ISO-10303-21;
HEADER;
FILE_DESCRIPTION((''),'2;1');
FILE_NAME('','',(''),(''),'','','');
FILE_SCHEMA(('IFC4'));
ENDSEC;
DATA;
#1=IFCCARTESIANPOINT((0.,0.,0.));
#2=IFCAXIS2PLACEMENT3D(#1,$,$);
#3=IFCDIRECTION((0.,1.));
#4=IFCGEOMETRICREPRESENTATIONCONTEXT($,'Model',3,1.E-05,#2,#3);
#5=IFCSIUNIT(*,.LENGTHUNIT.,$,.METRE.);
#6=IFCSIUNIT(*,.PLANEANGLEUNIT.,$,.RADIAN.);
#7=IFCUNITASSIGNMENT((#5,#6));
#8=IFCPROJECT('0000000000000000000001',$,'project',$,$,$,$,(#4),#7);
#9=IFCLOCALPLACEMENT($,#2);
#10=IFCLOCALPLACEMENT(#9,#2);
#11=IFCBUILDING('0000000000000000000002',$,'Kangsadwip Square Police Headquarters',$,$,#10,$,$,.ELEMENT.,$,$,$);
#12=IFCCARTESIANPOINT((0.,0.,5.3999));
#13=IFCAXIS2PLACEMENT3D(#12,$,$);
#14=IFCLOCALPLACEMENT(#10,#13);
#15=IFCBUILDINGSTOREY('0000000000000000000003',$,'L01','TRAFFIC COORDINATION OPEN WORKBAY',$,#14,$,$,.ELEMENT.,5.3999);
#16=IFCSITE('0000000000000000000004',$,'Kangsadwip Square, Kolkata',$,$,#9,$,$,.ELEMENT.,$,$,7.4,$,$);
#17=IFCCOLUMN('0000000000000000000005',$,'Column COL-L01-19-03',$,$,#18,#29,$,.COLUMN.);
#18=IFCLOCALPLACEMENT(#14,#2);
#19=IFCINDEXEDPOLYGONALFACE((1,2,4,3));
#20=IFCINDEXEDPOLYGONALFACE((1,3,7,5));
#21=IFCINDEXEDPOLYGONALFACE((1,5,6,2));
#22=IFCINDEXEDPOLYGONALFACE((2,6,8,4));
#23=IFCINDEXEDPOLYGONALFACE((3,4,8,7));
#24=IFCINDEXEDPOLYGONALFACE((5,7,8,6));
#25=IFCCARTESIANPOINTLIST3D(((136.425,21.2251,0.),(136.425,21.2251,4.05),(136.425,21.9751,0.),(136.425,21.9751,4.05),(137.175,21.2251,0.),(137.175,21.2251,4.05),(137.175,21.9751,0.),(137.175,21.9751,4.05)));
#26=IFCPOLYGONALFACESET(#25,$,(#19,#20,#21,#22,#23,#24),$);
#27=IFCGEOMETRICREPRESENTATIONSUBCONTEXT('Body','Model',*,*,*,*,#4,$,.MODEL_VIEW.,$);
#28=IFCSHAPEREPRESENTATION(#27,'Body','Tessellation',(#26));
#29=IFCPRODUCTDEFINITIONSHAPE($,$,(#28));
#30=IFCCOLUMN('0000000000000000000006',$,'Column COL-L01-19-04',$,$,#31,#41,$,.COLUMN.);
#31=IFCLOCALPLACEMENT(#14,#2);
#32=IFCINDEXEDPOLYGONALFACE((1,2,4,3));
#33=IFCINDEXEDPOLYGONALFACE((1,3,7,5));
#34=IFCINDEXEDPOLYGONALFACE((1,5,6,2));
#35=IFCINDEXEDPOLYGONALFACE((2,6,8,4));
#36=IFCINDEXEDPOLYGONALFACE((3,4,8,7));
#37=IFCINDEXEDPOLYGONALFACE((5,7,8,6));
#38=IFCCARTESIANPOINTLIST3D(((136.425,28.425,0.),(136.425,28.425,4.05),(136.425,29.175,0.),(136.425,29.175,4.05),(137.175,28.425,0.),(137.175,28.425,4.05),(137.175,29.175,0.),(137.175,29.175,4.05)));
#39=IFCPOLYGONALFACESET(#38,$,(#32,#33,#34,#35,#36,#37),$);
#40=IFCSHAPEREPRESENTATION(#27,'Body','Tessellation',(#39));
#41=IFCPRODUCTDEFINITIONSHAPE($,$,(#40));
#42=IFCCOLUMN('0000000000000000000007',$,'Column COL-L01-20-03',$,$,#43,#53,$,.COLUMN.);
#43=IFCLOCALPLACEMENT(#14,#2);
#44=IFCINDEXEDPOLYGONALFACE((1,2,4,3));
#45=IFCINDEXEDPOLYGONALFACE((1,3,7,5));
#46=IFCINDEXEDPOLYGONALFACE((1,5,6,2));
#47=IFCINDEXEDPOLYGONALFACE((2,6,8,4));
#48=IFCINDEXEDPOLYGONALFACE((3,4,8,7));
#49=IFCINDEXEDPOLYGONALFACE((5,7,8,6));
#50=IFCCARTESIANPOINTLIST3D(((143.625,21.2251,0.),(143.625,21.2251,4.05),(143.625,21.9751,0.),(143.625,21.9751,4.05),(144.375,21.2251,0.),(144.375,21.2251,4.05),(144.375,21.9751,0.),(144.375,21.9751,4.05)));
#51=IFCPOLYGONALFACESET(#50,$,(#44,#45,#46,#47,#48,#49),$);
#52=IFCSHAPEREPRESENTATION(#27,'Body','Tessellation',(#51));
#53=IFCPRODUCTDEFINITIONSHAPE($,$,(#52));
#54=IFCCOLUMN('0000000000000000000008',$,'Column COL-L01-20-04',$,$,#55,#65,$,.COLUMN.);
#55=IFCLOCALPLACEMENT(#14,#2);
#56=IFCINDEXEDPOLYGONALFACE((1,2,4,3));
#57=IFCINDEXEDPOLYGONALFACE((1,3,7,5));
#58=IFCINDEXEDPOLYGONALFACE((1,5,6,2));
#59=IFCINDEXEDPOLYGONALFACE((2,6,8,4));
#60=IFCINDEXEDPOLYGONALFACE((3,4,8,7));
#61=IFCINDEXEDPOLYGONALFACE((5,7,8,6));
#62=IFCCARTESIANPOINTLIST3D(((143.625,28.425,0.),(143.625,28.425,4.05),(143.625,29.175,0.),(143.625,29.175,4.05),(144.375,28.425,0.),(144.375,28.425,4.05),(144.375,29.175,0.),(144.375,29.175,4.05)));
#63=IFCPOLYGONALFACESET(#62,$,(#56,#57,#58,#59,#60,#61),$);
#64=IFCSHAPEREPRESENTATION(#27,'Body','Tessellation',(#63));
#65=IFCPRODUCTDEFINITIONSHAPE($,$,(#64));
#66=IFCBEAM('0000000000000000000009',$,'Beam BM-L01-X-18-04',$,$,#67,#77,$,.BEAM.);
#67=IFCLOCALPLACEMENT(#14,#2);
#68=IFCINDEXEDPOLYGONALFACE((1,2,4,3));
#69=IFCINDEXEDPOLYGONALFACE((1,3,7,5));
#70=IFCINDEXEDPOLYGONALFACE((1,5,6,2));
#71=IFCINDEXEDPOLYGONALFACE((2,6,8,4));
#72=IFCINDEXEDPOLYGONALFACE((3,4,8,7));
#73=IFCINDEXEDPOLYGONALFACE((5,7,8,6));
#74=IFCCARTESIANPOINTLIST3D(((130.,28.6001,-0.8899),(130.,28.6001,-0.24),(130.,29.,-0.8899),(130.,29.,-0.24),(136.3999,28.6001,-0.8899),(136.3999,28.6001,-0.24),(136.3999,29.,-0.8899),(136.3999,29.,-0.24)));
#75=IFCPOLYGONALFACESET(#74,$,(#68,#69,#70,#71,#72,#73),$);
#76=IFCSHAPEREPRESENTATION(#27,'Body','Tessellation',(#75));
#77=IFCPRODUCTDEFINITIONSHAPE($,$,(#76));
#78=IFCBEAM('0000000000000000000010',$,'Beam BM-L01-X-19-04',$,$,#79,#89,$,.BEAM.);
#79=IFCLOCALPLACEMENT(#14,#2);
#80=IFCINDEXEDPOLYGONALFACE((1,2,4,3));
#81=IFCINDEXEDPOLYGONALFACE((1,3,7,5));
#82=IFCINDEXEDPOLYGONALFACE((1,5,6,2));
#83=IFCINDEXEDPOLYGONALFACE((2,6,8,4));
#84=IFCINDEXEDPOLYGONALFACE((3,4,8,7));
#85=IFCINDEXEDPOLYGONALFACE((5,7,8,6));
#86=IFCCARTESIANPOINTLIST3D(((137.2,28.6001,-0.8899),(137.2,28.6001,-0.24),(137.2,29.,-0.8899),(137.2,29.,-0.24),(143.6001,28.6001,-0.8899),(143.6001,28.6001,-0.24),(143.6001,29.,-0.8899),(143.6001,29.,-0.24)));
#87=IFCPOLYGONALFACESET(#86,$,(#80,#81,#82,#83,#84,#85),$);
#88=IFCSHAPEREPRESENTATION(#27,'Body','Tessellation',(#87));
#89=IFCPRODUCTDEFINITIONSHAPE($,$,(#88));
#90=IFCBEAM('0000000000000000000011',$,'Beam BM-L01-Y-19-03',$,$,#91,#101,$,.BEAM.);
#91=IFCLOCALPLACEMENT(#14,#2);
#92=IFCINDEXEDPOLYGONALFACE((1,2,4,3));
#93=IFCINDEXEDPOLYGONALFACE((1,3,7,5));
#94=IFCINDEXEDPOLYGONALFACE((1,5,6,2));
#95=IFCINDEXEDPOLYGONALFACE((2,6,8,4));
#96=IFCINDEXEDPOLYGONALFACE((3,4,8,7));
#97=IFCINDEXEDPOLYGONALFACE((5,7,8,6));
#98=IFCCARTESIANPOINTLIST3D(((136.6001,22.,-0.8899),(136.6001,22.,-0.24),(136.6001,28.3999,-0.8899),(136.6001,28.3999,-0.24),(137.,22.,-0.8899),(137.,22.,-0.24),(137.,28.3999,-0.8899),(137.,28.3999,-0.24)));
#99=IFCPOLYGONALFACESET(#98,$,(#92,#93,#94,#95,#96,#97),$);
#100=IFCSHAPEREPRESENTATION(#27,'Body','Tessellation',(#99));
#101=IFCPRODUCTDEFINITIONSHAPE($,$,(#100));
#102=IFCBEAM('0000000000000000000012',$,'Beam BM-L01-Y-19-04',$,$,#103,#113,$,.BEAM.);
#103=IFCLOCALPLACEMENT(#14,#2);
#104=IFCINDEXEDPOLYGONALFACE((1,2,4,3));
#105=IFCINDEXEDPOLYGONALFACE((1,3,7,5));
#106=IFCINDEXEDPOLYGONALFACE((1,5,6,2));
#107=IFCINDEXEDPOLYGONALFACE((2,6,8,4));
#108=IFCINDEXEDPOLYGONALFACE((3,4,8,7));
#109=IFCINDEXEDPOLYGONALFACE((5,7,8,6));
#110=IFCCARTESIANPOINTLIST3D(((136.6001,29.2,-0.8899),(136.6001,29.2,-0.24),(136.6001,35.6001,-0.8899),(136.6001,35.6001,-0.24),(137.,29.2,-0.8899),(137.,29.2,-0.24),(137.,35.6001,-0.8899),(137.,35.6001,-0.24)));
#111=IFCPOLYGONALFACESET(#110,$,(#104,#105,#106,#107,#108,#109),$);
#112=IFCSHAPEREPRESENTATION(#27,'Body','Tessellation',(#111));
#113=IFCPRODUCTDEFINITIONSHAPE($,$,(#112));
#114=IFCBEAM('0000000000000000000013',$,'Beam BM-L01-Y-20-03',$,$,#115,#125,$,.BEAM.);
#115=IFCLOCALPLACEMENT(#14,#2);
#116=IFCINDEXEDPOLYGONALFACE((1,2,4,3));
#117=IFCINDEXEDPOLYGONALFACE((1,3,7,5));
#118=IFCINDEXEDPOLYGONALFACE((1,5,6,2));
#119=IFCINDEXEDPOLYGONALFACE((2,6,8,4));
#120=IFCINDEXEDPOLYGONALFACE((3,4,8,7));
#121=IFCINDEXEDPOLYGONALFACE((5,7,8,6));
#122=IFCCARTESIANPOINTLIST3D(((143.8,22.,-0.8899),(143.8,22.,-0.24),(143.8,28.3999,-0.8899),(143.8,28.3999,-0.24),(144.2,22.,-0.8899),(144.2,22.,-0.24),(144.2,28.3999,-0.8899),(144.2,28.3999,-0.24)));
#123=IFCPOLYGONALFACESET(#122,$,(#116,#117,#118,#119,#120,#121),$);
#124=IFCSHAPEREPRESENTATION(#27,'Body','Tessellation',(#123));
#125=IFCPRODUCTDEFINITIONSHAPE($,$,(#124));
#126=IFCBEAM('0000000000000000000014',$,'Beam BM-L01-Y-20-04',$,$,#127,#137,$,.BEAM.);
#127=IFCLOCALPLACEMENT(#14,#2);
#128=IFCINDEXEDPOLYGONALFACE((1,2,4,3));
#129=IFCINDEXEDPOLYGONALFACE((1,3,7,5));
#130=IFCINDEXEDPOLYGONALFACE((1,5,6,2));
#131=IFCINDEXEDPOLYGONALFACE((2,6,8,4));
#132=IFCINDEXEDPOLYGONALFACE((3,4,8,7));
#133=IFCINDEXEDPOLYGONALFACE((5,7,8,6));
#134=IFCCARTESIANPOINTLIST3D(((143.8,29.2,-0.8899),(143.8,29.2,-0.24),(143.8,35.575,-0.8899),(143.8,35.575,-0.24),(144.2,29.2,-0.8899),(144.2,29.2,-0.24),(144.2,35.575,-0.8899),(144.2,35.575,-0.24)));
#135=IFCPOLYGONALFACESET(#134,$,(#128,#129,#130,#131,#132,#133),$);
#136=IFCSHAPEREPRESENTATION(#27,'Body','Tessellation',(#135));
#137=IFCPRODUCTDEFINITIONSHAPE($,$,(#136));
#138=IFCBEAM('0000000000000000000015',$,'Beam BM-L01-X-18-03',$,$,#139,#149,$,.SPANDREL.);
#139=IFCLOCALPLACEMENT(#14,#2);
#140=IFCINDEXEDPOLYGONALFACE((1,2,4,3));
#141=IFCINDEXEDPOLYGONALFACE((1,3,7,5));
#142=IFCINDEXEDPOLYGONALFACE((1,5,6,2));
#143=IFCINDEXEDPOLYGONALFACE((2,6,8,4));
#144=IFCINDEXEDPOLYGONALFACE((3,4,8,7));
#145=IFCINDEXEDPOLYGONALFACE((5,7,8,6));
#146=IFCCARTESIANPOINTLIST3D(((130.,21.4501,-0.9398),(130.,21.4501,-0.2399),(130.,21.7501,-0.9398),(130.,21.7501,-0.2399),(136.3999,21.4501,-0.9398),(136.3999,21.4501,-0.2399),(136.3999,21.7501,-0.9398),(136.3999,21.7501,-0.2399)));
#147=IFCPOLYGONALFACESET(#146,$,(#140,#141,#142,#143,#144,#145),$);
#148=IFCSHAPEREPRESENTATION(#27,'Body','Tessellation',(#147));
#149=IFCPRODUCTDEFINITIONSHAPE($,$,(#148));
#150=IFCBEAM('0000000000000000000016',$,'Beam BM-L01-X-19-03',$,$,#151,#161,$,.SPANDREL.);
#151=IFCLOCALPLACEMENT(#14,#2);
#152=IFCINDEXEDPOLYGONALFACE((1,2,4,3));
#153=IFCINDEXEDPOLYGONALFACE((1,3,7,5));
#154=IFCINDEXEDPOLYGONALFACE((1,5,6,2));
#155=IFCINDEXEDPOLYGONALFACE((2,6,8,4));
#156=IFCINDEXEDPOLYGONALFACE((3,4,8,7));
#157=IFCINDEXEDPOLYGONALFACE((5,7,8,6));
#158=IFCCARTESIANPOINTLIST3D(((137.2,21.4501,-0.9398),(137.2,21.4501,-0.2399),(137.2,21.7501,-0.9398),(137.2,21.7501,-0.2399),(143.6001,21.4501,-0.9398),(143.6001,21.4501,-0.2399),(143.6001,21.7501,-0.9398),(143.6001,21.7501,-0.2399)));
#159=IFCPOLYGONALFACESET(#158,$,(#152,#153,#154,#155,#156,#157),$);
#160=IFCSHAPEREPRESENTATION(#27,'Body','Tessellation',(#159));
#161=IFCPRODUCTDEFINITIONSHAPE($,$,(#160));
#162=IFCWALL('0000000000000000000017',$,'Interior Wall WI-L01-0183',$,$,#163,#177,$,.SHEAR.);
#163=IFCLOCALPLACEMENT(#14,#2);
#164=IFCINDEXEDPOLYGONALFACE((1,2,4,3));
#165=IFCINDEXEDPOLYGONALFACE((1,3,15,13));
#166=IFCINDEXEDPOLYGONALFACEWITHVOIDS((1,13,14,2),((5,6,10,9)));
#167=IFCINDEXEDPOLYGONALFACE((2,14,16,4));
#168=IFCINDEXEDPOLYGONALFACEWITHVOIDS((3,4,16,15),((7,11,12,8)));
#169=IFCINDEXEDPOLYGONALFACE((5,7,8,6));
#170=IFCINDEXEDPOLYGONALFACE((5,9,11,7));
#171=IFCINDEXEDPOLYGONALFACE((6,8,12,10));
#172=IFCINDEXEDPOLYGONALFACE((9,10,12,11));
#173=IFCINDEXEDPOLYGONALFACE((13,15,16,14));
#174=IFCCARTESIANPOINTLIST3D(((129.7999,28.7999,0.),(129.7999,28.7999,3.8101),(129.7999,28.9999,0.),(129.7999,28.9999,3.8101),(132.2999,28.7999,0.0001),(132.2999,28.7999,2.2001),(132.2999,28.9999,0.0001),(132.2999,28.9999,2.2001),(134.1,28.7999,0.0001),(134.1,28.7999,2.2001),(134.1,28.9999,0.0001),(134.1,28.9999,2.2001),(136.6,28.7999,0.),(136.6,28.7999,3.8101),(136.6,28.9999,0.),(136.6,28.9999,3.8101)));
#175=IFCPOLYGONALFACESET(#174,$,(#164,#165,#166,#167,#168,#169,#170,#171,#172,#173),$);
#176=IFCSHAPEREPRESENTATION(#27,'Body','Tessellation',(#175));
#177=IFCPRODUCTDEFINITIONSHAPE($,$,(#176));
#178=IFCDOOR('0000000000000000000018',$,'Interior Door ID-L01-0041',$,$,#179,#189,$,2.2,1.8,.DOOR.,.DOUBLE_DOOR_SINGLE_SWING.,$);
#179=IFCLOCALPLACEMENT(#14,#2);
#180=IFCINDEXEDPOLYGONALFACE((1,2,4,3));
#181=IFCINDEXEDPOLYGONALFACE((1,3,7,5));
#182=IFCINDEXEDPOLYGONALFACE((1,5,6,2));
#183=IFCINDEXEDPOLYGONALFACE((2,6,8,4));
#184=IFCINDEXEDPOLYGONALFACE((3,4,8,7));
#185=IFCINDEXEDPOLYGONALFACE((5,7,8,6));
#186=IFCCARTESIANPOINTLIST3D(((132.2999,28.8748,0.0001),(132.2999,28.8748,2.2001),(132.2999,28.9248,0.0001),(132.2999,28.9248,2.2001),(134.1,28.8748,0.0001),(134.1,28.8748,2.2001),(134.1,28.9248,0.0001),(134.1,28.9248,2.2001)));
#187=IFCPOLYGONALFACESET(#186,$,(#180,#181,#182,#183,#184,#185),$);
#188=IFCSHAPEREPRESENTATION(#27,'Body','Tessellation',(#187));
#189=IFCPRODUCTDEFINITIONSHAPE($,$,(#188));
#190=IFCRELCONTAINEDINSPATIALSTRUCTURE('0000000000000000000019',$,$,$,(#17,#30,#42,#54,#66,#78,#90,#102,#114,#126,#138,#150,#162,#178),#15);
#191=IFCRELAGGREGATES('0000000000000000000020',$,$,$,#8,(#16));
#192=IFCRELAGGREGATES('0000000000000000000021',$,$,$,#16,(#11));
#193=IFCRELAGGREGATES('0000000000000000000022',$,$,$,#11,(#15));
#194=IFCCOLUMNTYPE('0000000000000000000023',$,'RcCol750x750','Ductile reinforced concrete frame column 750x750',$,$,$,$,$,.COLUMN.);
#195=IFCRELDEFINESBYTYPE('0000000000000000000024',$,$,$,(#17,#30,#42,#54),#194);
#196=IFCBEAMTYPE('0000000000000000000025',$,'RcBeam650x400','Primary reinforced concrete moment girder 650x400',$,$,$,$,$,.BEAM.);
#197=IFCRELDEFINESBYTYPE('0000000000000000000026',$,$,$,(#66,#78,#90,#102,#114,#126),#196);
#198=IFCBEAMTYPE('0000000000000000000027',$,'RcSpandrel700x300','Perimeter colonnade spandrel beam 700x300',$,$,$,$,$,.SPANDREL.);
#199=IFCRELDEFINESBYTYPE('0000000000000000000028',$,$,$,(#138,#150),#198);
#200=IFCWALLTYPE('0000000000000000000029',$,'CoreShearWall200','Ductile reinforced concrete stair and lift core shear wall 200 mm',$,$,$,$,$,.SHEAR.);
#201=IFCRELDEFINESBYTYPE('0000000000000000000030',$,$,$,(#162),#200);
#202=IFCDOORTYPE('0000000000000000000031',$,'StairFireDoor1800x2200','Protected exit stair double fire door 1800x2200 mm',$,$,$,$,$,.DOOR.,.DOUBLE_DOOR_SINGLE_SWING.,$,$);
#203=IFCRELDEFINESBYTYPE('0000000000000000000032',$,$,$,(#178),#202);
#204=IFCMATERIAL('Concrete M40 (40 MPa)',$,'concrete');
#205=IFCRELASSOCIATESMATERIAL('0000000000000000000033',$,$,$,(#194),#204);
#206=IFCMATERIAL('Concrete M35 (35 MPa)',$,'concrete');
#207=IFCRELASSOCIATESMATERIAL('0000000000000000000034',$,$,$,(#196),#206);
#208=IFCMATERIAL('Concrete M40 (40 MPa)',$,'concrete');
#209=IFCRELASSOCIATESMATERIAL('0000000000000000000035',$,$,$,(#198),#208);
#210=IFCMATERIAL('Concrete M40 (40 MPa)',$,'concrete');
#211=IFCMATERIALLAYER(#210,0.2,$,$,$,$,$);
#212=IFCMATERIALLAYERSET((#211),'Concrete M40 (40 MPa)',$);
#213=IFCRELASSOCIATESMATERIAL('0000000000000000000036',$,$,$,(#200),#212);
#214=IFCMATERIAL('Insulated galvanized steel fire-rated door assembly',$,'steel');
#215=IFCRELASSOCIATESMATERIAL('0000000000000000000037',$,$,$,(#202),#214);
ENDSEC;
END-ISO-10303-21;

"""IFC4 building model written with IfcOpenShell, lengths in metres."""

from ifc_helpers import new_model, si_unit, direction, frame, frame_2d, origin, origin_2d, place, context, subcontext, project, spatial, rectangle, extrude, material, layer, layer_set, material_profile, profile_set, type_object, element, fill, save


model = new_model("IFC4")

# Units and contexts
model_context = context("Model", 3, precision=1e-05, world=origin(), true_north=direction((0.0, 1.0)))
body_context = subcontext(model_context, "Body", "Model", "MODEL_VIEW")
ifc_project = project(units=[si_unit("LENGTHUNIT", "METRE"), si_unit("PLANEANGLEUNIT", "RADIAN")], contexts=[model_context])

# Site, building, storey
site_placement = place(None, origin())
site = spatial("IfcSite", under=ifc_project, at=site_placement, Name="Kangsadwip Square, Kolkata", CompositionType="ELEMENT", RefElevation=7.4)
building_placement = place(site_placement, origin())
building = spatial("IfcBuilding", under=site, at=building_placement, Name="Kangsadwip Square Police Headquarters", CompositionType="ELEMENT")
storey_placement = place(building_placement, frame((0.0, 0.0, 5.3999)))
storey = spatial("IfcBuildingStorey", under=building, at=storey_placement, Name="L01", Description="TRAFFIC COORDINATION OPEN WORKBAY", CompositionType="ELEMENT", Elevation=5.3999)

# Columns
ifc_material_1 = material(Name="Concrete M40 (40 MPa)", Category="concrete")
ifc_material_profile_1 = material_profile(ifc_material_1, rectangle(XDim=0.75, YDim=0.75, at=origin_2d()), Name="RC COL 750X750")
ifc_profile_set_1 = profile_set([ifc_material_profile_1], Name="Concrete M40 (40 MPa)")
column_type = type_object("IfcColumnType", Name="RcCol750x750", Description="Ductile reinforced concrete frame column 750x750", PredefinedType="COLUMN", material=ifc_profile_set_1)
for number, where, z_axis, x_axis, name in (
    (1, (136.8, 21.6001, 0.0), (0.0, 0.0, 1.0), (1.0, 0.0, 0.0), "Column COL-L01-19-03"),
    (2, (136.8, 28.8, 0.0), (0.0, 0.0, 1.0), (1.0, 0.0, 0.0), "Column COL-L01-19-04"),
    (3, (144.0, 21.6001, 0.0), (0.0, 0.0, 1.0), (1.0, 0.0, 0.0), "Column COL-L01-20-03"),
    (4, (144.0, 28.8, 0.0), (0.0, 0.0, 1.0), (1.0, 0.0, 0.0), "Column COL-L01-20-04"),
):
    element("IfcColumn", number, at=place(storey_placement, frame(where, z_axis=z_axis, x_axis=x_axis)), inside=storey, type_object=column_type, Name=name, PredefinedType="COLUMN", context=body_context, shape_type="SweptSolid", body=[
        extrude(rectangle(XDim=0.75, YDim=0.75, at=origin_2d()), origin(), (0.0, 0.0, 1.0), 4.05),
    ])

# Beams
ifc_material_2 = material(Name="Concrete M35 (35 MPa)", Category="concrete")
ifc_material_profile_2 = material_profile(ifc_material_2, rectangle(XDim=0.3999, YDim=0.6499, at=origin_2d()), Name="RC BM 650X400")
ifc_profile_set_2 = profile_set([ifc_material_profile_2], Name="Concrete M35 (35 MPa)")
beam_type_1 = type_object("IfcBeamType", Name="RcBeam650x400", Description="Primary reinforced concrete moment girder 650x400", PredefinedType="BEAM", material=ifc_profile_set_2)
beam_1_placement = place(storey_placement, frame((130.0, 28.8, -0.5649), z_axis=(1.0, 0.0, 0.0), x_axis=(0.0, 1.0, 0.0)))
element("IfcBeam", 5, at=beam_1_placement, inside=storey, type_object=beam_type_1, Name="Beam BM-L01-X-18-04", PredefinedType="BEAM", context=body_context, shape_type="SweptSolid", body=[
    extrude(rectangle(XDim=0.3999, YDim=0.6499, at=origin_2d()), origin(), (0.0, 0.0, 1.0), 6.3999),
])
beam_2_placement = place(storey_placement, frame((137.2, 28.8, -0.5649), z_axis=(1.0, 0.0, 0.0), x_axis=(0.0, 1.0, 0.0)))
element("IfcBeam", 6, at=beam_2_placement, inside=storey, type_object=beam_type_1, Name="Beam BM-L01-X-19-04", PredefinedType="BEAM", context=body_context, shape_type="SweptSolid", body=[
    extrude(rectangle(XDim=0.3999, YDim=0.6499, at=origin_2d()), origin(), (0.0, 0.0, 1.0), 6.4001),
])
beam_3_placement = place(storey_placement, frame((136.8, 22.0, -0.5649), z_axis=(0.0, 1.0, 0.0), x_axis=(-1.0, 0.0, 0.0)))
element("IfcBeam", 7, at=beam_3_placement, inside=storey, type_object=beam_type_1, Name="Beam BM-L01-Y-19-03", PredefinedType="BEAM", context=body_context, shape_type="SweptSolid", body=[
    extrude(rectangle(XDim=0.3999, YDim=0.6499, at=origin_2d()), origin(), (0.0, 0.0, 1.0), 6.3999),
])
beam_4_placement = place(storey_placement, frame((136.8, 29.2, -0.5649), z_axis=(0.0, 1.0, 0.0), x_axis=(-1.0, 0.0, 0.0)))
element("IfcBeam", 8, at=beam_4_placement, inside=storey, type_object=beam_type_1, Name="Beam BM-L01-Y-19-04", PredefinedType="BEAM", context=body_context, shape_type="SweptSolid", body=[
    extrude(rectangle(XDim=0.3999, YDim=0.6499, at=origin_2d()), origin(), (0.0, 0.0, 1.0), 6.4001),
])
beam_5_placement = place(storey_placement, frame((144.0, 22.0, -0.5649), z_axis=(0.0, 1.0, 0.0), x_axis=(-1.0, 0.0, 0.0)))
element("IfcBeam", 9, at=beam_5_placement, inside=storey, type_object=beam_type_1, Name="Beam BM-L01-Y-20-03", PredefinedType="BEAM", context=body_context, shape_type="SweptSolid", body=[
    extrude(rectangle(XDim=0.3999, YDim=0.6499, at=origin_2d()), origin(), (0.0, 0.0, 1.0), 6.3999),
])
beam_6_placement = place(storey_placement, frame((144.0, 29.2, -0.5649), z_axis=(0.0, 1.0, 0.0), x_axis=(-1.0, 0.0, 0.0)))
element("IfcBeam", 10, at=beam_6_placement, inside=storey, type_object=beam_type_1, Name="Beam BM-L01-Y-20-04", PredefinedType="BEAM", context=body_context, shape_type="SweptSolid", body=[
    extrude(rectangle(XDim=0.3999, YDim=0.6499, at=origin_2d()), origin(), (0.0, 0.0, 1.0), 6.375),
])
ifc_material_3 = material(Name="Concrete M40 (40 MPa)", Category="concrete")
ifc_material_profile_3 = material_profile(ifc_material_3, rectangle(XDim=0.3, YDim=0.7, at=origin_2d()), Name="RC SPN 700X300")
ifc_profile_set_3 = profile_set([ifc_material_profile_3], Name="Concrete M40 (40 MPa)")
beam_type_2 = type_object("IfcBeamType", Name="RcSpandrel700x300", Description="Perimeter colonnade spandrel beam 700x300", PredefinedType="SPANDREL", material=ifc_profile_set_3)
beam_7_placement = place(storey_placement, frame((130.0, 21.6001, -0.5898), z_axis=(1.0, 0.0, 0.0), x_axis=(0.0, 1.0, 0.0)))
element("IfcBeam", 11, at=beam_7_placement, inside=storey, type_object=beam_type_2, Name="Beam BM-L01-X-18-03", PredefinedType="SPANDREL", context=body_context, shape_type="SweptSolid", body=[
    extrude(rectangle(XDim=0.3, YDim=0.7, at=origin_2d()), origin(), (0.0, 0.0, 1.0), 6.3999),
])
beam_8_placement = place(storey_placement, frame((137.2, 21.6001, -0.5898), z_axis=(1.0, 0.0, 0.0), x_axis=(0.0, 1.0, 0.0)))
element("IfcBeam", 12, at=beam_8_placement, inside=storey, type_object=beam_type_2, Name="Beam BM-L01-X-19-03", PredefinedType="SPANDREL", context=body_context, shape_type="SweptSolid", body=[
    extrude(rectangle(XDim=0.3, YDim=0.7, at=origin_2d()), origin(), (0.0, 0.0, 1.0), 6.4001),
])

# Wall, opening, door
ifc_material_4 = material(Name="Concrete M40 (40 MPa)", Category="concrete")
ifc_layer_1 = layer(ifc_material_4, 0.2)
ifc_layer_set_1 = layer_set([ifc_layer_1], Name="Concrete M40 (40 MPa)")
wall_type_1 = type_object("IfcWallType", Name="CoreShearWall200", Description="Ductile reinforced concrete stair and lift core shear wall 200 mm", PredefinedType="SHEAR", material=ifc_layer_set_1)
wall_1_placement = place(storey_placement, frame((129.8, 28.8999, 0.0), z_axis=(0.0, 0.0, 1.0), x_axis=(1.0, 0.0, 0.0)))
wall_1 = element("IfcWall", 13, at=wall_1_placement, inside=storey, type_object=wall_type_1, Name="Interior Wall WI-L01-0183", PredefinedType="SHEAR", context=body_context, shape_type="SweptSolid", body=[
    extrude(rectangle(XDim=6.8, YDim=0.2, at=frame_2d((3.3999, 0.0))), origin(), (0.0, 0.0, 1.0), 3.8101),
])
opening_1_placement = place(wall_1_placement, frame((2.5, 0.0, 0.0)))
opening_1 = element("IfcOpeningElement", 14, at=opening_1_placement, cuts=wall_1, PredefinedType="OPENING", context=body_context, shape_type="SweptSolid", body=[
    extrude(rectangle(XDim=1.8, YDim=2.2, at=frame_2d((0.8999, 1.1001))), frame((0.0, 0.1099, 0.0), z_axis=(0.0, -1.0, 0.0), x_axis=(1.0, 0.0, 0.0)), (0.0, 0.0, 1.0), 0.22),
])
ifc_material_5 = material(Name="Insulated galvanized steel fire-rated door assembly", Category="steel")
door_type_1 = type_object("IfcDoorType", Name="StairFireDoor1800x2200", Description="Protected exit stair double fire door 1800x2200 mm", OperationType="DOUBLE_DOOR_SINGLE_SWING", PredefinedType="DOOR", material=ifc_material_5)
door_1_placement = place(opening_1_placement, origin())
door_1 = element("IfcDoor", 15, at=door_1_placement, inside=storey, type_object=door_type_1, Name="Interior Door ID-L01-0041", OperationType="DOUBLE_DOOR_SINGLE_SWING", OverallHeight=2.2, OverallWidth=1.8, PredefinedType="DOOR", context=body_context, shape_type="SweptSolid", body=[
    extrude(rectangle(XDim=1.8, YDim=2.2, at=frame_2d((0.8999, 1.1001))), frame((0.0, 0.0249, 0.0), z_axis=(0.0, -1.0, 0.0), x_axis=(1.0, 0.0, 0.0)), (0.0, 0.0, 1.0), 0.05),
])
fill(opening_1, door_1)

save(model, "model.ifc")
